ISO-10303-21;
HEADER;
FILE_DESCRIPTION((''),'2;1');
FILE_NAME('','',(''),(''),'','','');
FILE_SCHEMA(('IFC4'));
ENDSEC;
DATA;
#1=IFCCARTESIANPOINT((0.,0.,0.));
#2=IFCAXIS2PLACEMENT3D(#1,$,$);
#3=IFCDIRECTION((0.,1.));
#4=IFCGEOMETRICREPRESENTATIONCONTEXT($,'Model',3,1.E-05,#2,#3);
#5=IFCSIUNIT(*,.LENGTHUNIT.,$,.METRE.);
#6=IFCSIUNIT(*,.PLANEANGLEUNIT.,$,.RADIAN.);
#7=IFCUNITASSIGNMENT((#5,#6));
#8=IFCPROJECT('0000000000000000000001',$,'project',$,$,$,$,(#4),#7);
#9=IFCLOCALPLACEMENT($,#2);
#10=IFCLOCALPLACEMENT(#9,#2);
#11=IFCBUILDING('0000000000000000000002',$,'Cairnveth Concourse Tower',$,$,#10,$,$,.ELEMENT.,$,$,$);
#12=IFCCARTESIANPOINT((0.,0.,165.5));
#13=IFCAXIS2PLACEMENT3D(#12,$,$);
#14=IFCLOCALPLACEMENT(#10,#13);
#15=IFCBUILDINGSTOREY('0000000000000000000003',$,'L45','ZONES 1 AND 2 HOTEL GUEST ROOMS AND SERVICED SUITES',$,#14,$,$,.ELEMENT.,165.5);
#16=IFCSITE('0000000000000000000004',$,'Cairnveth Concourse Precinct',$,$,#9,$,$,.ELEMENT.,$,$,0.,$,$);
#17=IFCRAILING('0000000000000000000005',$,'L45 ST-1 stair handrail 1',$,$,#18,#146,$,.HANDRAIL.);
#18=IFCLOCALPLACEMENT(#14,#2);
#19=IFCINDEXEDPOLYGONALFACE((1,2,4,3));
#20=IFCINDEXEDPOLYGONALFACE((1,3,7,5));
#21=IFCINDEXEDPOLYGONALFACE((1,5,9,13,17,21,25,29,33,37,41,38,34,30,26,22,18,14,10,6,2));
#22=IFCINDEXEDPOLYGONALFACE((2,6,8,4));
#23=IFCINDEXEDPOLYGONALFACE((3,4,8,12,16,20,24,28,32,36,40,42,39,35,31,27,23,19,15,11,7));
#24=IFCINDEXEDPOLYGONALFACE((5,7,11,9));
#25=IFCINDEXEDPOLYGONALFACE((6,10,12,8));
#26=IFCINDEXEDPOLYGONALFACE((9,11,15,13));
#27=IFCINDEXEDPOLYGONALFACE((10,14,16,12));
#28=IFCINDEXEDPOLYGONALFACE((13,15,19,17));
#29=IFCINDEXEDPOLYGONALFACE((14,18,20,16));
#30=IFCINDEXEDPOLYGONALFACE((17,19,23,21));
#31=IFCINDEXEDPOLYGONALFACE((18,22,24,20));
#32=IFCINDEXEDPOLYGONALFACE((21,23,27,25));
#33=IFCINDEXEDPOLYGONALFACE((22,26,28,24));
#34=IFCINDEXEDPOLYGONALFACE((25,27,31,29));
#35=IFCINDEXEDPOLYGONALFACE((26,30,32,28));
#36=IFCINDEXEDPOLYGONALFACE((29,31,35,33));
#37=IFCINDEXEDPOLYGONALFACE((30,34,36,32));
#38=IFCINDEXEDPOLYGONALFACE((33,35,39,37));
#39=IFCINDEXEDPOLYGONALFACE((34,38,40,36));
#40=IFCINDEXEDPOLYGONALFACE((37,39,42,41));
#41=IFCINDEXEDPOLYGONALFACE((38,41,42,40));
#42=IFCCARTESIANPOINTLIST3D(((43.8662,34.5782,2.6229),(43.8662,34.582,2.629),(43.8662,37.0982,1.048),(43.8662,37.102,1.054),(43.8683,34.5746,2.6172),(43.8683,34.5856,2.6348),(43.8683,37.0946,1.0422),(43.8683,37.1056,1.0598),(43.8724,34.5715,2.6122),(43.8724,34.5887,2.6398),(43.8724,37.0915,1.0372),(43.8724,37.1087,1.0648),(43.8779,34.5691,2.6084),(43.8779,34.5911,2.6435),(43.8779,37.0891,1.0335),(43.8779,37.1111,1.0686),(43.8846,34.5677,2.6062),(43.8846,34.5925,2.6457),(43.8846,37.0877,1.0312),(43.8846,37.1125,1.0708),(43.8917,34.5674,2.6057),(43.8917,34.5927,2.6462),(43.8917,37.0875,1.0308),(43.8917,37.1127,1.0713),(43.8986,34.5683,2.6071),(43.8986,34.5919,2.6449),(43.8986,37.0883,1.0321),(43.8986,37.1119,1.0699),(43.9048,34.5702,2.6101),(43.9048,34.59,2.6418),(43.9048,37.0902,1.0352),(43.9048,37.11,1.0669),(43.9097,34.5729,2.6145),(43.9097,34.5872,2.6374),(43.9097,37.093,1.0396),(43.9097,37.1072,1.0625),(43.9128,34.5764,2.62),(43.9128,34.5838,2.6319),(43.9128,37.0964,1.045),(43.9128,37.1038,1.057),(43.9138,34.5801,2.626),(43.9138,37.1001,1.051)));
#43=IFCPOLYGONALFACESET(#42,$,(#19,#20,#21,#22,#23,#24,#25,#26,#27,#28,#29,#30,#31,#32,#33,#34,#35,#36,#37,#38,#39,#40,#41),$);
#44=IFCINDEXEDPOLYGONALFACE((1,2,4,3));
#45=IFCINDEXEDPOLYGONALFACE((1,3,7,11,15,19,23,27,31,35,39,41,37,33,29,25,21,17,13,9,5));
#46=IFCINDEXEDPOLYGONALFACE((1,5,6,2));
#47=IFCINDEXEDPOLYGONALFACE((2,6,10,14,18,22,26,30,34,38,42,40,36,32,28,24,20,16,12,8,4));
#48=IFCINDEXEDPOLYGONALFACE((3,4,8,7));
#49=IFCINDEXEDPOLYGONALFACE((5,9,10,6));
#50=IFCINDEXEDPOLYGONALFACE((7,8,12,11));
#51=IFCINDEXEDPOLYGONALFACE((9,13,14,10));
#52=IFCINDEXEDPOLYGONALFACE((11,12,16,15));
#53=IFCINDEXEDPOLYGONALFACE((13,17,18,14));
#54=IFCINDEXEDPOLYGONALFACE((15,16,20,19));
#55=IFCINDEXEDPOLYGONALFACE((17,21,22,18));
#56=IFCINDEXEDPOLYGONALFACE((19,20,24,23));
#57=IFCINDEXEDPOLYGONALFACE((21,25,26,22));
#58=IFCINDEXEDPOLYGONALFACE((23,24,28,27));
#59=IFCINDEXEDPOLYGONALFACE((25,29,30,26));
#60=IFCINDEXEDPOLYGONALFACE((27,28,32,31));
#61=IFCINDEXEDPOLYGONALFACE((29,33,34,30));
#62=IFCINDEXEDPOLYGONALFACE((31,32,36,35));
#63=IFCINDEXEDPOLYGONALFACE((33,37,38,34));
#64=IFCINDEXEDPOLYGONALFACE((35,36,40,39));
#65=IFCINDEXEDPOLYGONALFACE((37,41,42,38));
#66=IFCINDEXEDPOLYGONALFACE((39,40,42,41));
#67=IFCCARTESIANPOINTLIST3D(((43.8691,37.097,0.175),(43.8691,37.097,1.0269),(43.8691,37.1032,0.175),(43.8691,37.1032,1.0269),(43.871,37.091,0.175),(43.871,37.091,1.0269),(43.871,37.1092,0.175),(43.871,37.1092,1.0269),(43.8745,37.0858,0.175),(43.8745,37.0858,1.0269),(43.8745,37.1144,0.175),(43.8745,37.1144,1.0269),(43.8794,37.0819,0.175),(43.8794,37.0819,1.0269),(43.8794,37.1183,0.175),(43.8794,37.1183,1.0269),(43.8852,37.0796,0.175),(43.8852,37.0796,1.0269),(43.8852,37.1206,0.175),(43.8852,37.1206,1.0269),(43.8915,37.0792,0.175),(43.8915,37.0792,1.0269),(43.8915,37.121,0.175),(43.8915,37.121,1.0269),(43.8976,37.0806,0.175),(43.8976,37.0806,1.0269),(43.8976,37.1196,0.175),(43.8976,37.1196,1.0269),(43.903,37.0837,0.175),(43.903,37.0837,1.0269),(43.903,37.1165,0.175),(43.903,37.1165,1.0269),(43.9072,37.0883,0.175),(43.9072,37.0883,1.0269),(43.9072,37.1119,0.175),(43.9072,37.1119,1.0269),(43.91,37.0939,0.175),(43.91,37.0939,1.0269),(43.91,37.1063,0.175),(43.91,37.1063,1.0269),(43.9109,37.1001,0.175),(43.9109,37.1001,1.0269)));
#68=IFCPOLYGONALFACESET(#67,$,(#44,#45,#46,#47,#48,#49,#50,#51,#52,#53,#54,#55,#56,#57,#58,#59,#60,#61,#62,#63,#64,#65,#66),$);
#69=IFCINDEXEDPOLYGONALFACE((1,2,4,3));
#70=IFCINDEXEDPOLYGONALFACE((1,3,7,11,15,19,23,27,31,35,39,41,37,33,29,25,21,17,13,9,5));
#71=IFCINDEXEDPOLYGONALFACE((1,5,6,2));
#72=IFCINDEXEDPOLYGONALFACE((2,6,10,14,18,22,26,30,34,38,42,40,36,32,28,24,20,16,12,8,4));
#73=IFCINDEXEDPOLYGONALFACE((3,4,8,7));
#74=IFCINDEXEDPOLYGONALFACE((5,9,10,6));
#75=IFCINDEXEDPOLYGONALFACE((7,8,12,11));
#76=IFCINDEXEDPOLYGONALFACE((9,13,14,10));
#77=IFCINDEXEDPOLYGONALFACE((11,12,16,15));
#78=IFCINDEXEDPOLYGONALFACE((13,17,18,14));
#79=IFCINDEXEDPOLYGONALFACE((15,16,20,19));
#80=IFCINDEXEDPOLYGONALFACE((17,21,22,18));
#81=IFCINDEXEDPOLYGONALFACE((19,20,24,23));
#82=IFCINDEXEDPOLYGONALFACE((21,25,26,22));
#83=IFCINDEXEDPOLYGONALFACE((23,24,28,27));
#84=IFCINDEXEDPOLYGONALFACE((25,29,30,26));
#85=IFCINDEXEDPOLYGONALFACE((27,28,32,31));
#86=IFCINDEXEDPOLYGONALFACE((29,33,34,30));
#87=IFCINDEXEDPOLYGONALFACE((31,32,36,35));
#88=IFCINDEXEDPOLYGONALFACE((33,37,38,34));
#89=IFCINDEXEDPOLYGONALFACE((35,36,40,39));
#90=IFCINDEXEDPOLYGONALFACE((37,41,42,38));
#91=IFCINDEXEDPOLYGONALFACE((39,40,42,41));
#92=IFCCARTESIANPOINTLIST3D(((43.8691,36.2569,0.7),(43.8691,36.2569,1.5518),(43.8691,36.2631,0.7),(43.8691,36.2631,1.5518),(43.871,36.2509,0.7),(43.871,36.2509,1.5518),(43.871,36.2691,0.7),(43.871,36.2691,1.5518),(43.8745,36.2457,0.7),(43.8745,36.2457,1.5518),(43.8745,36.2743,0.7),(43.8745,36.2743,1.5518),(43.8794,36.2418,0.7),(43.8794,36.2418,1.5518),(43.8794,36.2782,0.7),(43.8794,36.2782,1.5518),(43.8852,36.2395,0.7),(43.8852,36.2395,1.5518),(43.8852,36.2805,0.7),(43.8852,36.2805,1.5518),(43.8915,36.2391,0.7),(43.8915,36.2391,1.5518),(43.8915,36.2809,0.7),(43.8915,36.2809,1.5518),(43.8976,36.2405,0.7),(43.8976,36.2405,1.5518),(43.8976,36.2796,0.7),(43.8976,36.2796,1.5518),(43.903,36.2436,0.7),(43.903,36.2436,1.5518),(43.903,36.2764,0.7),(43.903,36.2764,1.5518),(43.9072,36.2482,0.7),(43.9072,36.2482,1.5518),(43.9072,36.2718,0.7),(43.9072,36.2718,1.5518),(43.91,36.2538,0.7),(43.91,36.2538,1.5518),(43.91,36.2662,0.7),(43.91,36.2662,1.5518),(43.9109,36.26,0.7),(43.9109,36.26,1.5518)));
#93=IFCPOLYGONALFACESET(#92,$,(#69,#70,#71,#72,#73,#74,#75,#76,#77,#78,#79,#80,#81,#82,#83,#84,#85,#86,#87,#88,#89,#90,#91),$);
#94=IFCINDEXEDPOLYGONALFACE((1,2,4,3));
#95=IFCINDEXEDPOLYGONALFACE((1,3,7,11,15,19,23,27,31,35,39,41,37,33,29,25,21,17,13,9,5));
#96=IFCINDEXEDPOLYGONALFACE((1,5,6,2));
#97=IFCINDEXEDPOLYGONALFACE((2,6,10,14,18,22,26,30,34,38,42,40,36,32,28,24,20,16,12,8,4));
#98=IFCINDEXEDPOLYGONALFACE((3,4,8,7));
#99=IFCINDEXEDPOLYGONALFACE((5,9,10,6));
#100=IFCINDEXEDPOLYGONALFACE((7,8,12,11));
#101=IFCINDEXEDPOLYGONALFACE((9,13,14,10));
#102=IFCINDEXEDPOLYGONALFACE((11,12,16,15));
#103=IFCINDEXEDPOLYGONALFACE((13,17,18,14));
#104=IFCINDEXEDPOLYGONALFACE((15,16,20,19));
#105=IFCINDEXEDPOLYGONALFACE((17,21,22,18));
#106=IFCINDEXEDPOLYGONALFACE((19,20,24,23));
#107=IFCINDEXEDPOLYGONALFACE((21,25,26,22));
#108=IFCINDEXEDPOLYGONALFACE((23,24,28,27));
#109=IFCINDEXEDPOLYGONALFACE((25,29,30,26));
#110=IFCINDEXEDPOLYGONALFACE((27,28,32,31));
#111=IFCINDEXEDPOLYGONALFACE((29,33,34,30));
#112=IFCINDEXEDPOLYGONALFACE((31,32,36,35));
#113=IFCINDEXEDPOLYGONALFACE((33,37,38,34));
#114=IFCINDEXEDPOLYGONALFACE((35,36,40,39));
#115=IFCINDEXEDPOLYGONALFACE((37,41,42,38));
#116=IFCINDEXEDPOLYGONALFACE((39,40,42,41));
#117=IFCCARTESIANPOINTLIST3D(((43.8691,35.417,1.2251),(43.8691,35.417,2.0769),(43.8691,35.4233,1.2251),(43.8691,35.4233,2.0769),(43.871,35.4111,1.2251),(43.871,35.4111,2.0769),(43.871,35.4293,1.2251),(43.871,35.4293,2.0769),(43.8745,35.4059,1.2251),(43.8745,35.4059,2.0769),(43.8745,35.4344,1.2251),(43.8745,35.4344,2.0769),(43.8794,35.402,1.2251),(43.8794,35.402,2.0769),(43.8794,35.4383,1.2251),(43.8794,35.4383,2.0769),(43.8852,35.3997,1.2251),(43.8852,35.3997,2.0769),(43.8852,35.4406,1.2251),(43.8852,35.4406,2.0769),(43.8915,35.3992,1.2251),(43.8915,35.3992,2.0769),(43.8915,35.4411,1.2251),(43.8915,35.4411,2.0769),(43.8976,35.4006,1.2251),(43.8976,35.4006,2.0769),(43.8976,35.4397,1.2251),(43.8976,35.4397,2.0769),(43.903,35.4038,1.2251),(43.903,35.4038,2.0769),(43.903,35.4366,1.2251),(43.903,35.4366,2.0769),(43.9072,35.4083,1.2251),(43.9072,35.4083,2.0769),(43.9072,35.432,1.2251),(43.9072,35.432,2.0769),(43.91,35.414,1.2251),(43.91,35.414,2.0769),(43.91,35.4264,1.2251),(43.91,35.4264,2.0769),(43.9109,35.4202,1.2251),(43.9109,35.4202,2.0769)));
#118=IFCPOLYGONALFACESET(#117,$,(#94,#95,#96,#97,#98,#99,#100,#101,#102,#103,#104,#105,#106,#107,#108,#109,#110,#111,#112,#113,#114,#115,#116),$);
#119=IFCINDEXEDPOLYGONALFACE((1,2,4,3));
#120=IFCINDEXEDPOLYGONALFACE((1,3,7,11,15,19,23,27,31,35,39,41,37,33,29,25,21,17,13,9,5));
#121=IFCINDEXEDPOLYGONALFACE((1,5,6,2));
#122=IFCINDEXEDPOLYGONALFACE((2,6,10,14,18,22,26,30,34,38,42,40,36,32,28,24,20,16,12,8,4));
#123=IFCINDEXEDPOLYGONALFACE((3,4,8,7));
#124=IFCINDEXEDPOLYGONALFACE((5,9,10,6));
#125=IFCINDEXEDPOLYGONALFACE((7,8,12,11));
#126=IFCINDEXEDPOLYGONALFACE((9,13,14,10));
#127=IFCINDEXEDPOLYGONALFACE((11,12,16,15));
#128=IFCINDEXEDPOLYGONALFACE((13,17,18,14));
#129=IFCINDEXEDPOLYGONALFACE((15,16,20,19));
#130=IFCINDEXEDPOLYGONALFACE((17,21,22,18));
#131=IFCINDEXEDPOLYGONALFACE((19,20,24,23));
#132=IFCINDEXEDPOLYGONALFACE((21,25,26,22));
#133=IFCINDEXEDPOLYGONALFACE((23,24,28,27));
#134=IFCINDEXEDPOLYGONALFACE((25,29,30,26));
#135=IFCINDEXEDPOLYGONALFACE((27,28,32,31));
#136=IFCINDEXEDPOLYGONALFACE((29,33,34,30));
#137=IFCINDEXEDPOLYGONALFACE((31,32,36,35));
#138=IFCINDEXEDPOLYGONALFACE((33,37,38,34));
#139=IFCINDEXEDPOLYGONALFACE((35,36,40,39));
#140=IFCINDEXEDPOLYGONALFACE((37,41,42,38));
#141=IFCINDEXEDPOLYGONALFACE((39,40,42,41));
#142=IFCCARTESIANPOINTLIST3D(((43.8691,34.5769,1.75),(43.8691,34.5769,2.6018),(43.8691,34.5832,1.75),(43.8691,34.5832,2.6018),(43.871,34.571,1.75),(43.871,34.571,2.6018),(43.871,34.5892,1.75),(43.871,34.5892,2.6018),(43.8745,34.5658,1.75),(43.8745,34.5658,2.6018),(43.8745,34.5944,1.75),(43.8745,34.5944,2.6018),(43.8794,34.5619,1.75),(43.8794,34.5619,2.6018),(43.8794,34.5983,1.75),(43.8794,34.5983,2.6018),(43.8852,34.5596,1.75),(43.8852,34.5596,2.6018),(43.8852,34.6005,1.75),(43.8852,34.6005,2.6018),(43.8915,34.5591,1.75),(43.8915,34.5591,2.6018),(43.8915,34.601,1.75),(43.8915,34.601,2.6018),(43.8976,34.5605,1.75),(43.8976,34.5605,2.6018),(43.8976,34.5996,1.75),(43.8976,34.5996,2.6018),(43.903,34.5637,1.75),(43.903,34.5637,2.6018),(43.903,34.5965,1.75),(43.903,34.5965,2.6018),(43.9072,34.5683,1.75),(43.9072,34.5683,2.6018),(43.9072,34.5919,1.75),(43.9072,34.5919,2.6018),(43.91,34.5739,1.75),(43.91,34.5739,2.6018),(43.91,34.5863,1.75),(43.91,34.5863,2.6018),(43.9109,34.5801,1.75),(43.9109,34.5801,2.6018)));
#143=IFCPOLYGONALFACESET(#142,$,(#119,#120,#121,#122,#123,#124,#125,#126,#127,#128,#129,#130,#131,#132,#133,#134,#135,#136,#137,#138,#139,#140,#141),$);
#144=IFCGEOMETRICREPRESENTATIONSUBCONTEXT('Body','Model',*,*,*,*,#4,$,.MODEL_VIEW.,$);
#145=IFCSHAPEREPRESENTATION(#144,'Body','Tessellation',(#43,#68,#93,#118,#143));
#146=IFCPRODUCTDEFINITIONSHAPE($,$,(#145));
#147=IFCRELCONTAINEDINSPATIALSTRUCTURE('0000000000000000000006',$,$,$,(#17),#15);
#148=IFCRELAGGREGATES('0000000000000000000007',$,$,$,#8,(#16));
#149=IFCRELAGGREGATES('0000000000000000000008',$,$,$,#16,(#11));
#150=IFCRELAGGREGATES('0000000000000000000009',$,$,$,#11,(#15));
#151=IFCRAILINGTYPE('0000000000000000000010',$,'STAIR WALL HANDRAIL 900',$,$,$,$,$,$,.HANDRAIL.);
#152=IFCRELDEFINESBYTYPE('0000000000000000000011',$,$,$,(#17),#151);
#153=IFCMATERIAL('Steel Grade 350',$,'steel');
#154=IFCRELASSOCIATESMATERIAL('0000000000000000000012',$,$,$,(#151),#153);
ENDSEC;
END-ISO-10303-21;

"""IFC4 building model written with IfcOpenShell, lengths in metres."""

from ifc_helpers import new_model, si_unit, direction, frame, origin, origin_2d, place, context, subcontext, project, spatial, circle, extrude, material, type_object, element, save


model = new_model("IFC4")

# Units and contexts
model_context = context("Model", 3, precision=1e-05, world=origin(), true_north=direction((0.0, 1.0)))
body_context = subcontext(model_context, "Body", "Model", "MODEL_VIEW")
ifc_project = project(units=[si_unit("LENGTHUNIT", "METRE"), si_unit("PLANEANGLEUNIT", "RADIAN")], contexts=[model_context])

# Site, building, storey
site_placement = place(None, origin())
site = spatial("IfcSite", under=ifc_project, at=site_placement, Name="Cairnveth Concourse Precinct", CompositionType="ELEMENT", RefElevation=0.0)
building_placement = place(site_placement, origin())
building = spatial("IfcBuilding", under=site, at=building_placement, Name="Cairnveth Concourse Tower", CompositionType="ELEMENT")
storey_placement = place(building_placement, frame((0.0, 0.0, 165.5)))
storey = spatial("IfcBuildingStorey", under=building, at=storey_placement, Name="L45", Description="ZONES 1 AND 2 HOTEL GUEST ROOMS AND SERVICED SUITES", CompositionType="ELEMENT", Elevation=165.5)

# Shared definitions
ifc_material_1 = material(Name="Steel Grade 350", Category="steel")

# Railing
railing_type = type_object("IfcRailingType", Name="STAIR WALL HANDRAIL 900", PredefinedType="HANDRAIL", material=ifc_material_1)
railing_placement = place(storey_placement, frame((43.8899, 37.1001, 0.175)))
element("IfcRailing", 1, at=railing_placement, inside=storey, type_object=railing_type, Name="L45 ST-1 stair handrail 1", PredefinedType="HANDRAIL", context=body_context, shape_type="SweptSolid", body=[
    extrude(circle(Radius=0.0239, at=origin_2d()), frame((0.0, 0.0, 0.876), z_axis=(0.0, -0.848008, 0.529984), x_axis=(1.0, 0.0, 0.0)), (0.0, 0.0, 1.0), 2.9717),
    extrude(circle(Radius=0.021, at=origin_2d()), origin(), (0.0, 0.0, 1.0), 0.8518),
    extrude(circle(Radius=0.021, at=origin_2d()), frame((0.0, -0.8401, 0.5249)), (0.0, 0.0, 1.0), 0.8518),
    extrude(circle(Radius=0.021, at=origin_2d()), frame((0.0, -1.6799, 1.05)), (0.0, 0.0, 1.0), 0.8518),
    extrude(circle(Radius=0.021, at=origin_2d()), frame((0.0, -2.52, 1.575)), (0.0, 0.0, 1.0), 0.8518),
])

save(model, "model.ifc")
